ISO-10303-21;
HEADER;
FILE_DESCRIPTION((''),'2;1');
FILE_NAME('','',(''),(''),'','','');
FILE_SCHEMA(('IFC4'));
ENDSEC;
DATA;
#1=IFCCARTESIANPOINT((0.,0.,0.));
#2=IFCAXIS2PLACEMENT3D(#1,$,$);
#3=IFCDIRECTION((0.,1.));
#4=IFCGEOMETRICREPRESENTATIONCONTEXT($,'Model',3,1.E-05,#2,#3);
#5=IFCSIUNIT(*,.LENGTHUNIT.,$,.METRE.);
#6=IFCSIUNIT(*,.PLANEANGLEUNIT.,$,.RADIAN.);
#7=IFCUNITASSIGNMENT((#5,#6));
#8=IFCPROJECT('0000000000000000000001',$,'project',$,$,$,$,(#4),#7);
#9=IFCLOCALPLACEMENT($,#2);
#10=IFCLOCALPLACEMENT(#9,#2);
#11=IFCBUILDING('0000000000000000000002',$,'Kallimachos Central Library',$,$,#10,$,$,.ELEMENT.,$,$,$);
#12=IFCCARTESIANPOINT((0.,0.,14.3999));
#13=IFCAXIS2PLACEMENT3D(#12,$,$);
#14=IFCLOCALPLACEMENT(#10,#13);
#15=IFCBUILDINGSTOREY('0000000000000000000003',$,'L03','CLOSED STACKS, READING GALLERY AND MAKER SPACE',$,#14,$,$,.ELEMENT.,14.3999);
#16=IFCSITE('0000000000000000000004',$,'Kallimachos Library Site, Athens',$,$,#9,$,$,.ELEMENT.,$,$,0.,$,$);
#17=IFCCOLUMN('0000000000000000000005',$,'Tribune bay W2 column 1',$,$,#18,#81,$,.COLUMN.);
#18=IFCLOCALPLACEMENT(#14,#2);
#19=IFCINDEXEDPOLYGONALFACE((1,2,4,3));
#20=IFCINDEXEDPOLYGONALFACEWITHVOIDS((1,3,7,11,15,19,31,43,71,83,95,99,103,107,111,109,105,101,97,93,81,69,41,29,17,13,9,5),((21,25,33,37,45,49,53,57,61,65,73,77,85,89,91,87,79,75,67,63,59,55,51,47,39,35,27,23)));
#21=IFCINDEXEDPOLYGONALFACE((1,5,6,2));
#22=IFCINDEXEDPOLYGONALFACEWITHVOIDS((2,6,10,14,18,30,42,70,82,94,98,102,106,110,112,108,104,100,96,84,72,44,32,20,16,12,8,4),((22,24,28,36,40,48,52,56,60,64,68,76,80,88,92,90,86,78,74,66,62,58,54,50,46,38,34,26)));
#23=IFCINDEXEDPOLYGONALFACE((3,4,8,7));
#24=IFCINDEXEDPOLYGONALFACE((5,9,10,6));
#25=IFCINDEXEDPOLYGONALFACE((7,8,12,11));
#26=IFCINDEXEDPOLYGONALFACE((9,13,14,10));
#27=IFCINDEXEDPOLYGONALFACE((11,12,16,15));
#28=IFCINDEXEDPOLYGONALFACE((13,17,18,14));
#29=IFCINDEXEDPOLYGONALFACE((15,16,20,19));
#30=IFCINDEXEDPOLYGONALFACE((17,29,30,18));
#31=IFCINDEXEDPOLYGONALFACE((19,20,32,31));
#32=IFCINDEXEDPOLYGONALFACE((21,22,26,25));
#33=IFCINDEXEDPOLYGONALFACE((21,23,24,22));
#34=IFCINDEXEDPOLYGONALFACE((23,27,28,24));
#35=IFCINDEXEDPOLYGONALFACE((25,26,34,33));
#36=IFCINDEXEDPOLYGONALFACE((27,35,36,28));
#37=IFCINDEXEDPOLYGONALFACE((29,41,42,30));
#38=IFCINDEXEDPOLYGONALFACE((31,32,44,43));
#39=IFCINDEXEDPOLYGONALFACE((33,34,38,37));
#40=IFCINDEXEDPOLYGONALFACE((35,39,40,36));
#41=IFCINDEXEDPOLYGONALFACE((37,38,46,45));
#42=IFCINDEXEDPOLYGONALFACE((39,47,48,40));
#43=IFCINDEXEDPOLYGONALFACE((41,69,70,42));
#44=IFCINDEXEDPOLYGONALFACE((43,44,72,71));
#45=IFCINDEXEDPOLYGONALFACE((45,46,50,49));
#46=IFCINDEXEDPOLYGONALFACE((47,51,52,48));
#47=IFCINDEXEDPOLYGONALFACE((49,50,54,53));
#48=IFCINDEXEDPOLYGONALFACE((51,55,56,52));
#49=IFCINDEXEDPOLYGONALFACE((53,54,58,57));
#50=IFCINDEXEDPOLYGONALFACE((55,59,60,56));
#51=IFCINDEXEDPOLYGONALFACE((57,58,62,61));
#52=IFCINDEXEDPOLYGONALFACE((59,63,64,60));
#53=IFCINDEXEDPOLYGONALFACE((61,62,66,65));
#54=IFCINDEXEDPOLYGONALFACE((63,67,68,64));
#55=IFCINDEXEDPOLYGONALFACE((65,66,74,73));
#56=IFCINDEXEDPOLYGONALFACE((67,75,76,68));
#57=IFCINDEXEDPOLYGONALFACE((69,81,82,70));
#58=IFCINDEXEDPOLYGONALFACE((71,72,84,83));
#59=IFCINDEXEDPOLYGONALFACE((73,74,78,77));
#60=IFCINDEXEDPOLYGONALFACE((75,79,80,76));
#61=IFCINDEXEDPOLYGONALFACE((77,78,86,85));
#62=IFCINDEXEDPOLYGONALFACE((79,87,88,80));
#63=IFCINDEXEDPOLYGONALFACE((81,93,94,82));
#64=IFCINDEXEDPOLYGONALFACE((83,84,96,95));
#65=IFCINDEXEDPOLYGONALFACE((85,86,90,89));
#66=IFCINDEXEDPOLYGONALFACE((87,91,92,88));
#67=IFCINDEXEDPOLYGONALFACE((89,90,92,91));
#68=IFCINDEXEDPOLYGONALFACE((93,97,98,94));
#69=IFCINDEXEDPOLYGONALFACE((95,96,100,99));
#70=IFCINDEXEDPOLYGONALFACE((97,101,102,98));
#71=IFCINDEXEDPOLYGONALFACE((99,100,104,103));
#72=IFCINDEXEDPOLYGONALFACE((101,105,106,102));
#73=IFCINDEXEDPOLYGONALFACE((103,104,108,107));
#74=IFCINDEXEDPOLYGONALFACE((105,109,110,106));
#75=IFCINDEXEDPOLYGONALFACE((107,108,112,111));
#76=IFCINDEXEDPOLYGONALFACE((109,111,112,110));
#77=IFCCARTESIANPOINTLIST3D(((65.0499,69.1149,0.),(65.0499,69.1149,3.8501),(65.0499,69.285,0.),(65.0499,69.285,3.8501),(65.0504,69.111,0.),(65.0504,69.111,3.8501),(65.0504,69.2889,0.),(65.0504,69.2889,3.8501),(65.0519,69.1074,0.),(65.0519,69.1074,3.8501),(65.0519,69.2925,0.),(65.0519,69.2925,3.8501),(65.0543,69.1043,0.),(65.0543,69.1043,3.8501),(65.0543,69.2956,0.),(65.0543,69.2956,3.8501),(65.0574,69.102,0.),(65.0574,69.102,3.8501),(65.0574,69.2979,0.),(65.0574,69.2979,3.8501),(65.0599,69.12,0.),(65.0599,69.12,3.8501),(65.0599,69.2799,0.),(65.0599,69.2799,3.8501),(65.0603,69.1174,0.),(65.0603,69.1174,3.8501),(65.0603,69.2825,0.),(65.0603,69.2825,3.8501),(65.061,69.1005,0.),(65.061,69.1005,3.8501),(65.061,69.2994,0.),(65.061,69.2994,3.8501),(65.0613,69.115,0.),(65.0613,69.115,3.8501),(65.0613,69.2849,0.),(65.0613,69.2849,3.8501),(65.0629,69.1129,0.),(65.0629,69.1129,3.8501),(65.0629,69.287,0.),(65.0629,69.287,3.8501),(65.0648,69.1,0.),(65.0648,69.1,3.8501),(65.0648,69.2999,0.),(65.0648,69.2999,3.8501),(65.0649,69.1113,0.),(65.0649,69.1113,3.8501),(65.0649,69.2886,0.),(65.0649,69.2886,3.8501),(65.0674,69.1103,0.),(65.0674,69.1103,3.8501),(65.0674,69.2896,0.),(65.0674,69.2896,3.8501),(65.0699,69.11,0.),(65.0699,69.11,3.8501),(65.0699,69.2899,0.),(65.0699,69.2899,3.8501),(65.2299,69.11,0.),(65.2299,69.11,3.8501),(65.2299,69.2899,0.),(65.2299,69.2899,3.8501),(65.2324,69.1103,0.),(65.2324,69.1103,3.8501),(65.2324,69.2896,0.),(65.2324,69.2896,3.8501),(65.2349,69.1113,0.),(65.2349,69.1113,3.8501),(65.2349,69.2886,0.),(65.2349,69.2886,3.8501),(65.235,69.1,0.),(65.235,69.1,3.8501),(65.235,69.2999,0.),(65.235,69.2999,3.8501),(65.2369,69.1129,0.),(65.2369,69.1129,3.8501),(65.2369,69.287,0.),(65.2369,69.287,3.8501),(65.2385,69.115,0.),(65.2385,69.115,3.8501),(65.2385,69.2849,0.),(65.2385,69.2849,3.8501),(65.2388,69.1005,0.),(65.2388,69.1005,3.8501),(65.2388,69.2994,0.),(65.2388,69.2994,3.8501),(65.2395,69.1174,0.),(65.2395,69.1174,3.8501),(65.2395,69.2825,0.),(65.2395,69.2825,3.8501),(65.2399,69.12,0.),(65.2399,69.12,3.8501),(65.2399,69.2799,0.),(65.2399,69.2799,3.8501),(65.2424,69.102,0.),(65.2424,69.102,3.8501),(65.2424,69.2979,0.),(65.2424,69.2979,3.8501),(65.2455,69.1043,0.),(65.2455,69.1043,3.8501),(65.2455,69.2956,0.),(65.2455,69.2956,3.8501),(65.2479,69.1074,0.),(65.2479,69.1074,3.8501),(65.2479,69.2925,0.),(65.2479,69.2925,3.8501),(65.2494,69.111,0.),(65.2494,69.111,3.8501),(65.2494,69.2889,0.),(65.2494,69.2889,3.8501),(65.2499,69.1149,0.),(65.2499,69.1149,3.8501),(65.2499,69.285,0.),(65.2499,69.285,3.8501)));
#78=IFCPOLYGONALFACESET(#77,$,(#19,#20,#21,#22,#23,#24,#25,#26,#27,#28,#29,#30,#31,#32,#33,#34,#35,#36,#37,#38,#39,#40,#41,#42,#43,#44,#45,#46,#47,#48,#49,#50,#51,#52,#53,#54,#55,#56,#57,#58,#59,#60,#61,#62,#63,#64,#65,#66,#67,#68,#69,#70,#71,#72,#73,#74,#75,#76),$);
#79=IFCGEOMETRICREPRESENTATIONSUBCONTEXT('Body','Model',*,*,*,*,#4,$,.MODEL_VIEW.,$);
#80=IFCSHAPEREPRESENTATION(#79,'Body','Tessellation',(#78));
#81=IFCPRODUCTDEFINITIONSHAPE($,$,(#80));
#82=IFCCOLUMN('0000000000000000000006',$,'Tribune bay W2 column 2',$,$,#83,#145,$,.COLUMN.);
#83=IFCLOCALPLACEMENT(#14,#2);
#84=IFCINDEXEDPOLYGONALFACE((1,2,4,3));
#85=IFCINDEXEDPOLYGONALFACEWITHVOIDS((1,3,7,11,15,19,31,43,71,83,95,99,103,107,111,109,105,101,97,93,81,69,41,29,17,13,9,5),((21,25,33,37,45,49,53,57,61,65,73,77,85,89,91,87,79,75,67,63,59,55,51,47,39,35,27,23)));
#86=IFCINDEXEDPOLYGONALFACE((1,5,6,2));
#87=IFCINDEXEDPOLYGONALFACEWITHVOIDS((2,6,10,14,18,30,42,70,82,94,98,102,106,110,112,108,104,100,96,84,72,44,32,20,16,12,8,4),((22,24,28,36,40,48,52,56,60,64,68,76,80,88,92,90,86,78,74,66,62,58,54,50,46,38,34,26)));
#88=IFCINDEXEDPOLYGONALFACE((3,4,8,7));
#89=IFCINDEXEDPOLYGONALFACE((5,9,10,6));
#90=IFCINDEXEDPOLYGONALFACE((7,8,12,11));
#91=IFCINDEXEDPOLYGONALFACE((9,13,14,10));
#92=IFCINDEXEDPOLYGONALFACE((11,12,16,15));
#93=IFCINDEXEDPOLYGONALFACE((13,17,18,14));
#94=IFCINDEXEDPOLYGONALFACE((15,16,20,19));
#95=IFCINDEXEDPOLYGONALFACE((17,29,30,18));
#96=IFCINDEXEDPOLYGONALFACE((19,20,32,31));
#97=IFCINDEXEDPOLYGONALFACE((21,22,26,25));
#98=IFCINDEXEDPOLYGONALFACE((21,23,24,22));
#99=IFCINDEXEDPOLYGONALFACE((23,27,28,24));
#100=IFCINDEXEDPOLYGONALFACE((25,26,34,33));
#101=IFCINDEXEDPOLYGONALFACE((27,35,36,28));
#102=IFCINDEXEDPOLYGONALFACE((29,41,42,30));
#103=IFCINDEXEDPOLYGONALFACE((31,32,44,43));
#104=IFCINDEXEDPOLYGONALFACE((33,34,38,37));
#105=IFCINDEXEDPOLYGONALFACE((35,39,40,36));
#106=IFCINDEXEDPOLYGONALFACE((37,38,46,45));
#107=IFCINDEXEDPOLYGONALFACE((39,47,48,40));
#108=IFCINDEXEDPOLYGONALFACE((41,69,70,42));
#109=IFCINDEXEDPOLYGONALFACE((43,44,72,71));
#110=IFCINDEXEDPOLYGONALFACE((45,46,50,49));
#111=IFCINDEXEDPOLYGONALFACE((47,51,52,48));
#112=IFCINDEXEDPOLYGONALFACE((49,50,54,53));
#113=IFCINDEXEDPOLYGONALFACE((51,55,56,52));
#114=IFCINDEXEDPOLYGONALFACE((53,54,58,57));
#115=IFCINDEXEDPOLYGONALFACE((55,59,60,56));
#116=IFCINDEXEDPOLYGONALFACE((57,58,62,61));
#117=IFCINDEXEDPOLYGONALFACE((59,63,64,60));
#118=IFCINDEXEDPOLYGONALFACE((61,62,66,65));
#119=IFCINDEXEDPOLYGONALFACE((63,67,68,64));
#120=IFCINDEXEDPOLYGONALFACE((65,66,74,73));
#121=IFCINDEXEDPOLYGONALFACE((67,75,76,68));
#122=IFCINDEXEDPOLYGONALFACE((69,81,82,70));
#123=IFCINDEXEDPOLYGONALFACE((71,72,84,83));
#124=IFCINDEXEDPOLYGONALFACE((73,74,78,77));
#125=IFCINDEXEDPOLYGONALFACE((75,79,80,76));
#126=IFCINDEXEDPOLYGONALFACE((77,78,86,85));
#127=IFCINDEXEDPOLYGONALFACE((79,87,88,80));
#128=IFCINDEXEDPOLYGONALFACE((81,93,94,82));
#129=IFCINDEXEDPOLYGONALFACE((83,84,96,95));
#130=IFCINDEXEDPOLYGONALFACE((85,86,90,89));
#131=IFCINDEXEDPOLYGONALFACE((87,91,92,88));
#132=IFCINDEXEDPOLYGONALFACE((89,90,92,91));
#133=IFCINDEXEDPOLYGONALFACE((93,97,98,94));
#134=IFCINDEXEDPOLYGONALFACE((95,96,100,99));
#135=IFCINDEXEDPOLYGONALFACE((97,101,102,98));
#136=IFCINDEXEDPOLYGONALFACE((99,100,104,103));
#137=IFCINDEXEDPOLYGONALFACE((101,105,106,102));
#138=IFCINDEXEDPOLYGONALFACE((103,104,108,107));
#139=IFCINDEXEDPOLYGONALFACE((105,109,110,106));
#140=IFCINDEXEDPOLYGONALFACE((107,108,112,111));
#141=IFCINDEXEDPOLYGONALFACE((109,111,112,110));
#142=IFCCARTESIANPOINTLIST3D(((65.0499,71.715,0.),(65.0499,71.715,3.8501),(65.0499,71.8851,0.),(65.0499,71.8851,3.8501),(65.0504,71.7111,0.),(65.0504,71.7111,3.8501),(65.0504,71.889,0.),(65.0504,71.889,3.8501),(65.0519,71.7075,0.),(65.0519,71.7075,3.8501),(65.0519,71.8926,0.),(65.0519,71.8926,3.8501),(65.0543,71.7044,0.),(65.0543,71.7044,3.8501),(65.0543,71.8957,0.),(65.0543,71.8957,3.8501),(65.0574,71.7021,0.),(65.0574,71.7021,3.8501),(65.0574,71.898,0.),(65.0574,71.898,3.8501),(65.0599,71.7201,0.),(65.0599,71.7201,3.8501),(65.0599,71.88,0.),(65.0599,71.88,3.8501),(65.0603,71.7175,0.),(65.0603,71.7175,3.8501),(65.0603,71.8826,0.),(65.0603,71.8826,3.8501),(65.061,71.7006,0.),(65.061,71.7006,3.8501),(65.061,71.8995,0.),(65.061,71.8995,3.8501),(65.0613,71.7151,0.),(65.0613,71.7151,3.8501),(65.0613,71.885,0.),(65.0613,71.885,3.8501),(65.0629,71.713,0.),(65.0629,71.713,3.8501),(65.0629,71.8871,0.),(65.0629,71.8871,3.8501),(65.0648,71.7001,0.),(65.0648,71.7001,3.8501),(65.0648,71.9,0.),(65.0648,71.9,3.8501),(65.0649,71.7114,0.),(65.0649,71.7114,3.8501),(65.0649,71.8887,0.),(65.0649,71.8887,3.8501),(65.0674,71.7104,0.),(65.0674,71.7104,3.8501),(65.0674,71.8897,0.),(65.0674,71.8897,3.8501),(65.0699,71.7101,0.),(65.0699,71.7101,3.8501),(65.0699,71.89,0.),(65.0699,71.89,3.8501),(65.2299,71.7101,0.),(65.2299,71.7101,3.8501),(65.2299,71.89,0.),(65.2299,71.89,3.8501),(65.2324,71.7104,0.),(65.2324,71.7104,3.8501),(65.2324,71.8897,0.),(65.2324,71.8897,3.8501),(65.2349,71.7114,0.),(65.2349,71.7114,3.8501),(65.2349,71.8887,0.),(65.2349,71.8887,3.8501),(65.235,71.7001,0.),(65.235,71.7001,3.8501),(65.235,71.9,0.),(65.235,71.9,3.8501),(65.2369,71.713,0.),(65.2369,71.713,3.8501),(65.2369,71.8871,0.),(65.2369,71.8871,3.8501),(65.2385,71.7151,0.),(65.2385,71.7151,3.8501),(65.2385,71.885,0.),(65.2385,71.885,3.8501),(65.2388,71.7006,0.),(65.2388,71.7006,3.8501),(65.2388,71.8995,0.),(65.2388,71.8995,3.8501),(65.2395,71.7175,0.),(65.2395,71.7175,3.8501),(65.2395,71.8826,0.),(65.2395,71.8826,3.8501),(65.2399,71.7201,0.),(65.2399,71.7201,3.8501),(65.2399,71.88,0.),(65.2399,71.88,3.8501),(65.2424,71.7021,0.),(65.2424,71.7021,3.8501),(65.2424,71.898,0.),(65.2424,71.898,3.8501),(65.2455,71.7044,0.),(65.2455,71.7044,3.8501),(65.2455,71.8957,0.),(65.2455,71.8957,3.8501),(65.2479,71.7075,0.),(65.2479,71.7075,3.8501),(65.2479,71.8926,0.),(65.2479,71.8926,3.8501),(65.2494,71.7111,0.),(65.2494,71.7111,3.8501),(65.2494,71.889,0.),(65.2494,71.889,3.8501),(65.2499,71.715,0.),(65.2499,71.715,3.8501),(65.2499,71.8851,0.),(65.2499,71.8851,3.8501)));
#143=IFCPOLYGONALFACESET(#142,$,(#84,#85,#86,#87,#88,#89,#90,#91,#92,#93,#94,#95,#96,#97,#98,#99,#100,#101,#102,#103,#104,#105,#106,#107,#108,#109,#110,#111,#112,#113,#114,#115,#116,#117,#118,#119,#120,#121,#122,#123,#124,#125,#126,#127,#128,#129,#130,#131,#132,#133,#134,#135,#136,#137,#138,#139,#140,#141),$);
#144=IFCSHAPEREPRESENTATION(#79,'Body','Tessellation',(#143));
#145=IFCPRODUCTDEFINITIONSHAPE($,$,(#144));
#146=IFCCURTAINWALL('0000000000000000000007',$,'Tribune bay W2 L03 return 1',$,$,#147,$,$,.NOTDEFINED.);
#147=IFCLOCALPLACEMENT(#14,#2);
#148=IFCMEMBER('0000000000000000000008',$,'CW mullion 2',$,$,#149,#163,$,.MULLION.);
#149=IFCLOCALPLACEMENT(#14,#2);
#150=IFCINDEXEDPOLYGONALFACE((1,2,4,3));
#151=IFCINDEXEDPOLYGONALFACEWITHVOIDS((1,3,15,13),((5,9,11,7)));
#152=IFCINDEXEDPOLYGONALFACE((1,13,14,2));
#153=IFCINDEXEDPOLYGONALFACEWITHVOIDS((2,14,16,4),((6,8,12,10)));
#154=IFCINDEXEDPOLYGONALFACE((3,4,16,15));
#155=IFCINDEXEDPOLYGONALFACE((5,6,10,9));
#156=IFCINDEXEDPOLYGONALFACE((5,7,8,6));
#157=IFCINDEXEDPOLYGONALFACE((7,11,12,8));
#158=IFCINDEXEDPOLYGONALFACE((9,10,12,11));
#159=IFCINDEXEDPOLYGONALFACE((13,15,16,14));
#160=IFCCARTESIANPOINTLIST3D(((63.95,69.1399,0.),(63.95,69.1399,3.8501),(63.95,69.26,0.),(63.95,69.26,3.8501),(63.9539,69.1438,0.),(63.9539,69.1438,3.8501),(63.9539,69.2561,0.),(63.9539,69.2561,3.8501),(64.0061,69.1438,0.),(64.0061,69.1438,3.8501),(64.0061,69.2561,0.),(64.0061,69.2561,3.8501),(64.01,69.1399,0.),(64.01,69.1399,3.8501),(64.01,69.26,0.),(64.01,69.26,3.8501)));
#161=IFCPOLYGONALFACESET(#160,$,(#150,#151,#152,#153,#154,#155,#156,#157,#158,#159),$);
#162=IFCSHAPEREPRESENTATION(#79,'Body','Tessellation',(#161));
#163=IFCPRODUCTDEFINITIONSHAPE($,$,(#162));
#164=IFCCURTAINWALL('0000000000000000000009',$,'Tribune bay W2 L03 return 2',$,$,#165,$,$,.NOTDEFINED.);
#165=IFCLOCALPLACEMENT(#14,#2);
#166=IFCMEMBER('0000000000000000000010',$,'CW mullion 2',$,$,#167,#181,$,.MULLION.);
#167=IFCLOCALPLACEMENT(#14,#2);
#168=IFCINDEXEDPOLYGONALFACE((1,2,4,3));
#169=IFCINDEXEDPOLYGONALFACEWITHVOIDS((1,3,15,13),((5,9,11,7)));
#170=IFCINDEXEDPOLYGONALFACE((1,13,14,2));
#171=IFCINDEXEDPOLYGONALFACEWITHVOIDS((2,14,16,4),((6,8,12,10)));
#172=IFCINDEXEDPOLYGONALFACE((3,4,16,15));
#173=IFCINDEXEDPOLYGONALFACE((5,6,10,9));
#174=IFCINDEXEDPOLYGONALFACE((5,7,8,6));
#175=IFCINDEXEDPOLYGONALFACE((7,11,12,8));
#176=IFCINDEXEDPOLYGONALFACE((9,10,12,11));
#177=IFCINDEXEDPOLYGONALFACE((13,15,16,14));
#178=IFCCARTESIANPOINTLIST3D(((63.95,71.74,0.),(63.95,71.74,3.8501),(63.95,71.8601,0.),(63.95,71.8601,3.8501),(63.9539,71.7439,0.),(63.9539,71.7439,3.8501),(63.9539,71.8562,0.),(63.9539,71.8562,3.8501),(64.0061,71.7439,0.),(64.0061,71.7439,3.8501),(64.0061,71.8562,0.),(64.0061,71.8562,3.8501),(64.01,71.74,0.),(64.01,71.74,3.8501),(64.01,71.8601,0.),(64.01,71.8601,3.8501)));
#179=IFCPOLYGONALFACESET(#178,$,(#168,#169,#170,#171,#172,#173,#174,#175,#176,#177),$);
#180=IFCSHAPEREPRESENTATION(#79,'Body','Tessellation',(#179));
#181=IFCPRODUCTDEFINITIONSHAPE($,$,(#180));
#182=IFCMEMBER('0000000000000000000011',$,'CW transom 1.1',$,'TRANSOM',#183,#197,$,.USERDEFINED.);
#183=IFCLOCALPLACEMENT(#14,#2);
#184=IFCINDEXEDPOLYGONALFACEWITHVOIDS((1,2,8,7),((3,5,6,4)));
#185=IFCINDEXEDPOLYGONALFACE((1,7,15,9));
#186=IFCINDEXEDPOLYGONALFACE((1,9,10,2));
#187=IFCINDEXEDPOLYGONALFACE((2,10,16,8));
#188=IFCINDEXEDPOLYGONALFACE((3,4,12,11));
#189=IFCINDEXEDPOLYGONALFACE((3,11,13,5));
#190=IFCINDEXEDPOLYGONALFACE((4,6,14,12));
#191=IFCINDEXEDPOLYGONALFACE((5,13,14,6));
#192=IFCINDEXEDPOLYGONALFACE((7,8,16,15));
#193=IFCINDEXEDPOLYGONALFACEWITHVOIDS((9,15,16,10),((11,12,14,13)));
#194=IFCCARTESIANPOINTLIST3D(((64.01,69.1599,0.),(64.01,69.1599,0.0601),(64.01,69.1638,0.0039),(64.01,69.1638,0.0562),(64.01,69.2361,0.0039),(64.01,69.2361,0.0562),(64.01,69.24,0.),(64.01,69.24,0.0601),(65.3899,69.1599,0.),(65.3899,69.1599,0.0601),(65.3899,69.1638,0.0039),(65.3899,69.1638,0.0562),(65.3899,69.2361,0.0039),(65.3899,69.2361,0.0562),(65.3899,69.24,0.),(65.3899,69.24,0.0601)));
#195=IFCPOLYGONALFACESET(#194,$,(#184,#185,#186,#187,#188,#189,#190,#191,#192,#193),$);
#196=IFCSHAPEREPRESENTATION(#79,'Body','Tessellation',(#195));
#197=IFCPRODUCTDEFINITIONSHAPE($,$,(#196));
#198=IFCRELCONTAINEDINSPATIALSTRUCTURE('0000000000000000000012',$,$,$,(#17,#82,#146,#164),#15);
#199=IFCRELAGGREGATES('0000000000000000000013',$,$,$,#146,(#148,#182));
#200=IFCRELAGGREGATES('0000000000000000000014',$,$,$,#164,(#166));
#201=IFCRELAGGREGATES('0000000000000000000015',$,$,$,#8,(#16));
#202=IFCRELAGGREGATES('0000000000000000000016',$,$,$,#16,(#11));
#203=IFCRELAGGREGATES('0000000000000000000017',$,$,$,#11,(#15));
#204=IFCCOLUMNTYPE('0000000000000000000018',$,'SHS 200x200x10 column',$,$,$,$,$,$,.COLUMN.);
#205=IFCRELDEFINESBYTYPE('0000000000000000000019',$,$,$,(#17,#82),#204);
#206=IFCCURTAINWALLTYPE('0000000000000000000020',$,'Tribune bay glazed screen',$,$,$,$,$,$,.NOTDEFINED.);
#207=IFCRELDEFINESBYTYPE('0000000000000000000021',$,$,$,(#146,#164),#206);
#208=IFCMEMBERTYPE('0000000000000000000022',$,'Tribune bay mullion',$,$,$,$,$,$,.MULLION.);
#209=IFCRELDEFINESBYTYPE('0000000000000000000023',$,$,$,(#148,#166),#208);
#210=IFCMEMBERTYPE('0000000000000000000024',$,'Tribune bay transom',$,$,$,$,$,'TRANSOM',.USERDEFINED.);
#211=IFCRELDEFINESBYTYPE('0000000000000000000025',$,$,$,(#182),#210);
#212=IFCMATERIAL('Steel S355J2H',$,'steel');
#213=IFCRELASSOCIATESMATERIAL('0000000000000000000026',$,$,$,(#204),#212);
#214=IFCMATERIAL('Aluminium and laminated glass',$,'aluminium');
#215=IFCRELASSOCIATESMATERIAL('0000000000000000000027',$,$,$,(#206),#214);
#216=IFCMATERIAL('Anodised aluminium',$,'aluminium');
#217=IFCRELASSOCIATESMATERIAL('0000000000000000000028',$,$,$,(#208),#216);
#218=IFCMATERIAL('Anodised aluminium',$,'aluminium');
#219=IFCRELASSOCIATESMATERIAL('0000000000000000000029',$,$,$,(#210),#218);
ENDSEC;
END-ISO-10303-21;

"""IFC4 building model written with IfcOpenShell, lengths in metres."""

from ifc_helpers import new_model, si_unit, direction, frame, origin, origin_2d, place, context, subcontext, project, spatial, hollow_rectangle, extrude, material, material_profile, profile_set, type_object, element, aggregate, save


model = new_model("IFC4")

# Units and contexts
model_context = context("Model", 3, precision=1e-05, world=origin(), true_north=direction((0.0, 1.0)))
body_context = subcontext(model_context, "Body", "Model", "MODEL_VIEW")
ifc_project = project(units=[si_unit("LENGTHUNIT", "METRE"), si_unit("PLANEANGLEUNIT", "RADIAN")], contexts=[model_context])

# Site, building, storey
site_placement = place(None, origin())
site = spatial("IfcSite", under=ifc_project, at=site_placement, Name="Kallimachos Library Site, Athens", CompositionType="ELEMENT", RefElevation=0.0)
building_placement = place(site_placement, origin())
building = spatial("IfcBuilding", under=site, at=building_placement, Name="Kallimachos Central Library", CompositionType="ELEMENT")
storey_placement = place(building_placement, frame((0.0, 0.0, 14.3999)))
storey = spatial("IfcBuildingStorey", under=building, at=storey_placement, Name="L03", Description="CLOSED STACKS, READING GALLERY AND MAKER SPACE", CompositionType="ELEMENT", Elevation=14.3999)

# Columns
ifc_material_1 = material(Name="Steel S355J2H", Category="steel")
ifc_material_profile_1 = material_profile(ifc_material_1, hollow_rectangle(XDim=0.2, YDim=0.2, WallThickness=0.01, InnerFilletRadius=0.01, OuterFilletRadius=0.0149, at=origin_2d()), Name="SHS 200x200x10")
ifc_profile_set_1 = profile_set([ifc_material_profile_1], Name="Steel S355J2H")
column_type = type_object("IfcColumnType", Name="SHS 200x200x10 column", PredefinedType="COLUMN", material=ifc_profile_set_1)
for number, where, z_axis, x_axis, name in (
    (1, (65.1499, 69.2, 0.0), (0.0, 0.0, 1.0), (1.0, 0.0, 0.0), "Tribune bay W2 column 1"),
    (2, (65.1499, 71.8, 0.0), (0.0, 0.0, 1.0), (1.0, 0.0, 0.0), "Tribune bay W2 column 2"),
):
    element("IfcColumn", number, at=place(storey_placement, frame(where, z_axis=z_axis, x_axis=x_axis)), inside=storey, type_object=column_type, Name=name, PredefinedType="COLUMN", context=body_context, shape_type="SweptSolid", body=[
        extrude(hollow_rectangle(XDim=0.2, YDim=0.2, WallThickness=0.01, InnerFilletRadius=0.01, OuterFilletRadius=0.0149, at=origin_2d()), origin(), (0.0, 0.0, 1.0), 3.8501),
    ])

# Curtain walls, members
ifc_material_2 = material(Name="Aluminium and laminated glass", Category="aluminium")
curtain_wall_type = type_object("IfcCurtainWallType", Name="Tribune bay glazed screen", PredefinedType="NOTDEFINED", material=ifc_material_2)
curtain_wall_1_placement = place(storey_placement, origin())
curtain_wall_1 = element("IfcCurtainWall", 3, at=curtain_wall_1_placement, inside=storey, type_object=curtain_wall_type, Name="Tribune bay W2 L03 return 1", PredefinedType="NOTDEFINED")
ifc_material_3 = material(Name="Anodised aluminium", Category="aluminium")
ifc_material_profile_2 = material_profile(ifc_material_3, hollow_rectangle(XDim=0.0601, YDim=0.1201, WallThickness=0.0039, at=origin_2d()), Name="ALU MULLION 60x120")
ifc_profile_set_2 = profile_set([ifc_material_profile_2], Name="Anodised aluminium")
member_type_1 = type_object("IfcMemberType", Name="Tribune bay mullion", PredefinedType="MULLION", material=ifc_profile_set_2)
member_1_placement = place(storey_placement, frame((63.98, 69.2, 0.0), z_axis=(0.0, 0.0, 1.0), x_axis=(-1.0, 0.0, 0.0)))
member_1 = element("IfcMember", 4, at=member_1_placement, type_object=member_type_1, Name="CW mullion 2", PredefinedType="MULLION", context=body_context, shape_type="SweptSolid", body=[
    extrude(hollow_rectangle(XDim=0.0601, YDim=0.1201, WallThickness=0.0039, at=origin_2d()), origin(), (0.0, 0.0, 1.0), 3.8501),
])
curtain_wall_2_placement = place(storey_placement, origin())
curtain_wall_2 = element("IfcCurtainWall", 5, at=curtain_wall_2_placement, inside=storey, type_object=curtain_wall_type, Name="Tribune bay W2 L03 return 2", PredefinedType="NOTDEFINED")
member_2_placement = place(storey_placement, frame((63.98, 71.8, 0.0), z_axis=(0.0, 0.0, 1.0), x_axis=(-1.0, 0.0, 0.0)))
member_2 = element("IfcMember", 6, at=member_2_placement, type_object=member_type_1, Name="CW mullion 2", PredefinedType="MULLION", context=body_context, shape_type="SweptSolid", body=[
    extrude(hollow_rectangle(XDim=0.0601, YDim=0.1201, WallThickness=0.0039, at=origin_2d()), origin(), (0.0, 0.0, 1.0), 3.8501),
])

# Member
ifc_material_4 = material(Name="Anodised aluminium", Category="aluminium")
ifc_material_profile_3 = material_profile(ifc_material_4, hollow_rectangle(XDim=0.0601, YDim=0.0801, WallThickness=0.0039, at=origin_2d()), Name="ALU TRANSOM 60x80")
ifc_profile_set_3 = profile_set([ifc_material_profile_3], Name="Anodised aluminium")
member_type_2 = type_object("IfcMemberType", Name="Tribune bay transom", ElementType="TRANSOM", PredefinedType="USERDEFINED", material=ifc_profile_set_3)
member_3_placement = place(storey_placement, frame((65.3899, 69.2, 0.03), z_axis=(-1.0, 0.0, 0.0), x_axis=(0.0, 0.0, 1.0)))
member_3 = element("IfcMember", 7, at=member_3_placement, type_object=member_type_2, Name="CW transom 1.1", ObjectType="TRANSOM", PredefinedType="USERDEFINED", context=body_context, shape_type="SweptSolid", body=[
    extrude(hollow_rectangle(XDim=0.0601, YDim=0.0801, WallThickness=0.0039, at=origin_2d()), origin(), (0.0, 0.0, 1.0), 1.3799),
])

aggregate(curtain_wall_1, [member_1, member_3])
aggregate(curtain_wall_2, [member_2])

save(model, "model.ifc")
